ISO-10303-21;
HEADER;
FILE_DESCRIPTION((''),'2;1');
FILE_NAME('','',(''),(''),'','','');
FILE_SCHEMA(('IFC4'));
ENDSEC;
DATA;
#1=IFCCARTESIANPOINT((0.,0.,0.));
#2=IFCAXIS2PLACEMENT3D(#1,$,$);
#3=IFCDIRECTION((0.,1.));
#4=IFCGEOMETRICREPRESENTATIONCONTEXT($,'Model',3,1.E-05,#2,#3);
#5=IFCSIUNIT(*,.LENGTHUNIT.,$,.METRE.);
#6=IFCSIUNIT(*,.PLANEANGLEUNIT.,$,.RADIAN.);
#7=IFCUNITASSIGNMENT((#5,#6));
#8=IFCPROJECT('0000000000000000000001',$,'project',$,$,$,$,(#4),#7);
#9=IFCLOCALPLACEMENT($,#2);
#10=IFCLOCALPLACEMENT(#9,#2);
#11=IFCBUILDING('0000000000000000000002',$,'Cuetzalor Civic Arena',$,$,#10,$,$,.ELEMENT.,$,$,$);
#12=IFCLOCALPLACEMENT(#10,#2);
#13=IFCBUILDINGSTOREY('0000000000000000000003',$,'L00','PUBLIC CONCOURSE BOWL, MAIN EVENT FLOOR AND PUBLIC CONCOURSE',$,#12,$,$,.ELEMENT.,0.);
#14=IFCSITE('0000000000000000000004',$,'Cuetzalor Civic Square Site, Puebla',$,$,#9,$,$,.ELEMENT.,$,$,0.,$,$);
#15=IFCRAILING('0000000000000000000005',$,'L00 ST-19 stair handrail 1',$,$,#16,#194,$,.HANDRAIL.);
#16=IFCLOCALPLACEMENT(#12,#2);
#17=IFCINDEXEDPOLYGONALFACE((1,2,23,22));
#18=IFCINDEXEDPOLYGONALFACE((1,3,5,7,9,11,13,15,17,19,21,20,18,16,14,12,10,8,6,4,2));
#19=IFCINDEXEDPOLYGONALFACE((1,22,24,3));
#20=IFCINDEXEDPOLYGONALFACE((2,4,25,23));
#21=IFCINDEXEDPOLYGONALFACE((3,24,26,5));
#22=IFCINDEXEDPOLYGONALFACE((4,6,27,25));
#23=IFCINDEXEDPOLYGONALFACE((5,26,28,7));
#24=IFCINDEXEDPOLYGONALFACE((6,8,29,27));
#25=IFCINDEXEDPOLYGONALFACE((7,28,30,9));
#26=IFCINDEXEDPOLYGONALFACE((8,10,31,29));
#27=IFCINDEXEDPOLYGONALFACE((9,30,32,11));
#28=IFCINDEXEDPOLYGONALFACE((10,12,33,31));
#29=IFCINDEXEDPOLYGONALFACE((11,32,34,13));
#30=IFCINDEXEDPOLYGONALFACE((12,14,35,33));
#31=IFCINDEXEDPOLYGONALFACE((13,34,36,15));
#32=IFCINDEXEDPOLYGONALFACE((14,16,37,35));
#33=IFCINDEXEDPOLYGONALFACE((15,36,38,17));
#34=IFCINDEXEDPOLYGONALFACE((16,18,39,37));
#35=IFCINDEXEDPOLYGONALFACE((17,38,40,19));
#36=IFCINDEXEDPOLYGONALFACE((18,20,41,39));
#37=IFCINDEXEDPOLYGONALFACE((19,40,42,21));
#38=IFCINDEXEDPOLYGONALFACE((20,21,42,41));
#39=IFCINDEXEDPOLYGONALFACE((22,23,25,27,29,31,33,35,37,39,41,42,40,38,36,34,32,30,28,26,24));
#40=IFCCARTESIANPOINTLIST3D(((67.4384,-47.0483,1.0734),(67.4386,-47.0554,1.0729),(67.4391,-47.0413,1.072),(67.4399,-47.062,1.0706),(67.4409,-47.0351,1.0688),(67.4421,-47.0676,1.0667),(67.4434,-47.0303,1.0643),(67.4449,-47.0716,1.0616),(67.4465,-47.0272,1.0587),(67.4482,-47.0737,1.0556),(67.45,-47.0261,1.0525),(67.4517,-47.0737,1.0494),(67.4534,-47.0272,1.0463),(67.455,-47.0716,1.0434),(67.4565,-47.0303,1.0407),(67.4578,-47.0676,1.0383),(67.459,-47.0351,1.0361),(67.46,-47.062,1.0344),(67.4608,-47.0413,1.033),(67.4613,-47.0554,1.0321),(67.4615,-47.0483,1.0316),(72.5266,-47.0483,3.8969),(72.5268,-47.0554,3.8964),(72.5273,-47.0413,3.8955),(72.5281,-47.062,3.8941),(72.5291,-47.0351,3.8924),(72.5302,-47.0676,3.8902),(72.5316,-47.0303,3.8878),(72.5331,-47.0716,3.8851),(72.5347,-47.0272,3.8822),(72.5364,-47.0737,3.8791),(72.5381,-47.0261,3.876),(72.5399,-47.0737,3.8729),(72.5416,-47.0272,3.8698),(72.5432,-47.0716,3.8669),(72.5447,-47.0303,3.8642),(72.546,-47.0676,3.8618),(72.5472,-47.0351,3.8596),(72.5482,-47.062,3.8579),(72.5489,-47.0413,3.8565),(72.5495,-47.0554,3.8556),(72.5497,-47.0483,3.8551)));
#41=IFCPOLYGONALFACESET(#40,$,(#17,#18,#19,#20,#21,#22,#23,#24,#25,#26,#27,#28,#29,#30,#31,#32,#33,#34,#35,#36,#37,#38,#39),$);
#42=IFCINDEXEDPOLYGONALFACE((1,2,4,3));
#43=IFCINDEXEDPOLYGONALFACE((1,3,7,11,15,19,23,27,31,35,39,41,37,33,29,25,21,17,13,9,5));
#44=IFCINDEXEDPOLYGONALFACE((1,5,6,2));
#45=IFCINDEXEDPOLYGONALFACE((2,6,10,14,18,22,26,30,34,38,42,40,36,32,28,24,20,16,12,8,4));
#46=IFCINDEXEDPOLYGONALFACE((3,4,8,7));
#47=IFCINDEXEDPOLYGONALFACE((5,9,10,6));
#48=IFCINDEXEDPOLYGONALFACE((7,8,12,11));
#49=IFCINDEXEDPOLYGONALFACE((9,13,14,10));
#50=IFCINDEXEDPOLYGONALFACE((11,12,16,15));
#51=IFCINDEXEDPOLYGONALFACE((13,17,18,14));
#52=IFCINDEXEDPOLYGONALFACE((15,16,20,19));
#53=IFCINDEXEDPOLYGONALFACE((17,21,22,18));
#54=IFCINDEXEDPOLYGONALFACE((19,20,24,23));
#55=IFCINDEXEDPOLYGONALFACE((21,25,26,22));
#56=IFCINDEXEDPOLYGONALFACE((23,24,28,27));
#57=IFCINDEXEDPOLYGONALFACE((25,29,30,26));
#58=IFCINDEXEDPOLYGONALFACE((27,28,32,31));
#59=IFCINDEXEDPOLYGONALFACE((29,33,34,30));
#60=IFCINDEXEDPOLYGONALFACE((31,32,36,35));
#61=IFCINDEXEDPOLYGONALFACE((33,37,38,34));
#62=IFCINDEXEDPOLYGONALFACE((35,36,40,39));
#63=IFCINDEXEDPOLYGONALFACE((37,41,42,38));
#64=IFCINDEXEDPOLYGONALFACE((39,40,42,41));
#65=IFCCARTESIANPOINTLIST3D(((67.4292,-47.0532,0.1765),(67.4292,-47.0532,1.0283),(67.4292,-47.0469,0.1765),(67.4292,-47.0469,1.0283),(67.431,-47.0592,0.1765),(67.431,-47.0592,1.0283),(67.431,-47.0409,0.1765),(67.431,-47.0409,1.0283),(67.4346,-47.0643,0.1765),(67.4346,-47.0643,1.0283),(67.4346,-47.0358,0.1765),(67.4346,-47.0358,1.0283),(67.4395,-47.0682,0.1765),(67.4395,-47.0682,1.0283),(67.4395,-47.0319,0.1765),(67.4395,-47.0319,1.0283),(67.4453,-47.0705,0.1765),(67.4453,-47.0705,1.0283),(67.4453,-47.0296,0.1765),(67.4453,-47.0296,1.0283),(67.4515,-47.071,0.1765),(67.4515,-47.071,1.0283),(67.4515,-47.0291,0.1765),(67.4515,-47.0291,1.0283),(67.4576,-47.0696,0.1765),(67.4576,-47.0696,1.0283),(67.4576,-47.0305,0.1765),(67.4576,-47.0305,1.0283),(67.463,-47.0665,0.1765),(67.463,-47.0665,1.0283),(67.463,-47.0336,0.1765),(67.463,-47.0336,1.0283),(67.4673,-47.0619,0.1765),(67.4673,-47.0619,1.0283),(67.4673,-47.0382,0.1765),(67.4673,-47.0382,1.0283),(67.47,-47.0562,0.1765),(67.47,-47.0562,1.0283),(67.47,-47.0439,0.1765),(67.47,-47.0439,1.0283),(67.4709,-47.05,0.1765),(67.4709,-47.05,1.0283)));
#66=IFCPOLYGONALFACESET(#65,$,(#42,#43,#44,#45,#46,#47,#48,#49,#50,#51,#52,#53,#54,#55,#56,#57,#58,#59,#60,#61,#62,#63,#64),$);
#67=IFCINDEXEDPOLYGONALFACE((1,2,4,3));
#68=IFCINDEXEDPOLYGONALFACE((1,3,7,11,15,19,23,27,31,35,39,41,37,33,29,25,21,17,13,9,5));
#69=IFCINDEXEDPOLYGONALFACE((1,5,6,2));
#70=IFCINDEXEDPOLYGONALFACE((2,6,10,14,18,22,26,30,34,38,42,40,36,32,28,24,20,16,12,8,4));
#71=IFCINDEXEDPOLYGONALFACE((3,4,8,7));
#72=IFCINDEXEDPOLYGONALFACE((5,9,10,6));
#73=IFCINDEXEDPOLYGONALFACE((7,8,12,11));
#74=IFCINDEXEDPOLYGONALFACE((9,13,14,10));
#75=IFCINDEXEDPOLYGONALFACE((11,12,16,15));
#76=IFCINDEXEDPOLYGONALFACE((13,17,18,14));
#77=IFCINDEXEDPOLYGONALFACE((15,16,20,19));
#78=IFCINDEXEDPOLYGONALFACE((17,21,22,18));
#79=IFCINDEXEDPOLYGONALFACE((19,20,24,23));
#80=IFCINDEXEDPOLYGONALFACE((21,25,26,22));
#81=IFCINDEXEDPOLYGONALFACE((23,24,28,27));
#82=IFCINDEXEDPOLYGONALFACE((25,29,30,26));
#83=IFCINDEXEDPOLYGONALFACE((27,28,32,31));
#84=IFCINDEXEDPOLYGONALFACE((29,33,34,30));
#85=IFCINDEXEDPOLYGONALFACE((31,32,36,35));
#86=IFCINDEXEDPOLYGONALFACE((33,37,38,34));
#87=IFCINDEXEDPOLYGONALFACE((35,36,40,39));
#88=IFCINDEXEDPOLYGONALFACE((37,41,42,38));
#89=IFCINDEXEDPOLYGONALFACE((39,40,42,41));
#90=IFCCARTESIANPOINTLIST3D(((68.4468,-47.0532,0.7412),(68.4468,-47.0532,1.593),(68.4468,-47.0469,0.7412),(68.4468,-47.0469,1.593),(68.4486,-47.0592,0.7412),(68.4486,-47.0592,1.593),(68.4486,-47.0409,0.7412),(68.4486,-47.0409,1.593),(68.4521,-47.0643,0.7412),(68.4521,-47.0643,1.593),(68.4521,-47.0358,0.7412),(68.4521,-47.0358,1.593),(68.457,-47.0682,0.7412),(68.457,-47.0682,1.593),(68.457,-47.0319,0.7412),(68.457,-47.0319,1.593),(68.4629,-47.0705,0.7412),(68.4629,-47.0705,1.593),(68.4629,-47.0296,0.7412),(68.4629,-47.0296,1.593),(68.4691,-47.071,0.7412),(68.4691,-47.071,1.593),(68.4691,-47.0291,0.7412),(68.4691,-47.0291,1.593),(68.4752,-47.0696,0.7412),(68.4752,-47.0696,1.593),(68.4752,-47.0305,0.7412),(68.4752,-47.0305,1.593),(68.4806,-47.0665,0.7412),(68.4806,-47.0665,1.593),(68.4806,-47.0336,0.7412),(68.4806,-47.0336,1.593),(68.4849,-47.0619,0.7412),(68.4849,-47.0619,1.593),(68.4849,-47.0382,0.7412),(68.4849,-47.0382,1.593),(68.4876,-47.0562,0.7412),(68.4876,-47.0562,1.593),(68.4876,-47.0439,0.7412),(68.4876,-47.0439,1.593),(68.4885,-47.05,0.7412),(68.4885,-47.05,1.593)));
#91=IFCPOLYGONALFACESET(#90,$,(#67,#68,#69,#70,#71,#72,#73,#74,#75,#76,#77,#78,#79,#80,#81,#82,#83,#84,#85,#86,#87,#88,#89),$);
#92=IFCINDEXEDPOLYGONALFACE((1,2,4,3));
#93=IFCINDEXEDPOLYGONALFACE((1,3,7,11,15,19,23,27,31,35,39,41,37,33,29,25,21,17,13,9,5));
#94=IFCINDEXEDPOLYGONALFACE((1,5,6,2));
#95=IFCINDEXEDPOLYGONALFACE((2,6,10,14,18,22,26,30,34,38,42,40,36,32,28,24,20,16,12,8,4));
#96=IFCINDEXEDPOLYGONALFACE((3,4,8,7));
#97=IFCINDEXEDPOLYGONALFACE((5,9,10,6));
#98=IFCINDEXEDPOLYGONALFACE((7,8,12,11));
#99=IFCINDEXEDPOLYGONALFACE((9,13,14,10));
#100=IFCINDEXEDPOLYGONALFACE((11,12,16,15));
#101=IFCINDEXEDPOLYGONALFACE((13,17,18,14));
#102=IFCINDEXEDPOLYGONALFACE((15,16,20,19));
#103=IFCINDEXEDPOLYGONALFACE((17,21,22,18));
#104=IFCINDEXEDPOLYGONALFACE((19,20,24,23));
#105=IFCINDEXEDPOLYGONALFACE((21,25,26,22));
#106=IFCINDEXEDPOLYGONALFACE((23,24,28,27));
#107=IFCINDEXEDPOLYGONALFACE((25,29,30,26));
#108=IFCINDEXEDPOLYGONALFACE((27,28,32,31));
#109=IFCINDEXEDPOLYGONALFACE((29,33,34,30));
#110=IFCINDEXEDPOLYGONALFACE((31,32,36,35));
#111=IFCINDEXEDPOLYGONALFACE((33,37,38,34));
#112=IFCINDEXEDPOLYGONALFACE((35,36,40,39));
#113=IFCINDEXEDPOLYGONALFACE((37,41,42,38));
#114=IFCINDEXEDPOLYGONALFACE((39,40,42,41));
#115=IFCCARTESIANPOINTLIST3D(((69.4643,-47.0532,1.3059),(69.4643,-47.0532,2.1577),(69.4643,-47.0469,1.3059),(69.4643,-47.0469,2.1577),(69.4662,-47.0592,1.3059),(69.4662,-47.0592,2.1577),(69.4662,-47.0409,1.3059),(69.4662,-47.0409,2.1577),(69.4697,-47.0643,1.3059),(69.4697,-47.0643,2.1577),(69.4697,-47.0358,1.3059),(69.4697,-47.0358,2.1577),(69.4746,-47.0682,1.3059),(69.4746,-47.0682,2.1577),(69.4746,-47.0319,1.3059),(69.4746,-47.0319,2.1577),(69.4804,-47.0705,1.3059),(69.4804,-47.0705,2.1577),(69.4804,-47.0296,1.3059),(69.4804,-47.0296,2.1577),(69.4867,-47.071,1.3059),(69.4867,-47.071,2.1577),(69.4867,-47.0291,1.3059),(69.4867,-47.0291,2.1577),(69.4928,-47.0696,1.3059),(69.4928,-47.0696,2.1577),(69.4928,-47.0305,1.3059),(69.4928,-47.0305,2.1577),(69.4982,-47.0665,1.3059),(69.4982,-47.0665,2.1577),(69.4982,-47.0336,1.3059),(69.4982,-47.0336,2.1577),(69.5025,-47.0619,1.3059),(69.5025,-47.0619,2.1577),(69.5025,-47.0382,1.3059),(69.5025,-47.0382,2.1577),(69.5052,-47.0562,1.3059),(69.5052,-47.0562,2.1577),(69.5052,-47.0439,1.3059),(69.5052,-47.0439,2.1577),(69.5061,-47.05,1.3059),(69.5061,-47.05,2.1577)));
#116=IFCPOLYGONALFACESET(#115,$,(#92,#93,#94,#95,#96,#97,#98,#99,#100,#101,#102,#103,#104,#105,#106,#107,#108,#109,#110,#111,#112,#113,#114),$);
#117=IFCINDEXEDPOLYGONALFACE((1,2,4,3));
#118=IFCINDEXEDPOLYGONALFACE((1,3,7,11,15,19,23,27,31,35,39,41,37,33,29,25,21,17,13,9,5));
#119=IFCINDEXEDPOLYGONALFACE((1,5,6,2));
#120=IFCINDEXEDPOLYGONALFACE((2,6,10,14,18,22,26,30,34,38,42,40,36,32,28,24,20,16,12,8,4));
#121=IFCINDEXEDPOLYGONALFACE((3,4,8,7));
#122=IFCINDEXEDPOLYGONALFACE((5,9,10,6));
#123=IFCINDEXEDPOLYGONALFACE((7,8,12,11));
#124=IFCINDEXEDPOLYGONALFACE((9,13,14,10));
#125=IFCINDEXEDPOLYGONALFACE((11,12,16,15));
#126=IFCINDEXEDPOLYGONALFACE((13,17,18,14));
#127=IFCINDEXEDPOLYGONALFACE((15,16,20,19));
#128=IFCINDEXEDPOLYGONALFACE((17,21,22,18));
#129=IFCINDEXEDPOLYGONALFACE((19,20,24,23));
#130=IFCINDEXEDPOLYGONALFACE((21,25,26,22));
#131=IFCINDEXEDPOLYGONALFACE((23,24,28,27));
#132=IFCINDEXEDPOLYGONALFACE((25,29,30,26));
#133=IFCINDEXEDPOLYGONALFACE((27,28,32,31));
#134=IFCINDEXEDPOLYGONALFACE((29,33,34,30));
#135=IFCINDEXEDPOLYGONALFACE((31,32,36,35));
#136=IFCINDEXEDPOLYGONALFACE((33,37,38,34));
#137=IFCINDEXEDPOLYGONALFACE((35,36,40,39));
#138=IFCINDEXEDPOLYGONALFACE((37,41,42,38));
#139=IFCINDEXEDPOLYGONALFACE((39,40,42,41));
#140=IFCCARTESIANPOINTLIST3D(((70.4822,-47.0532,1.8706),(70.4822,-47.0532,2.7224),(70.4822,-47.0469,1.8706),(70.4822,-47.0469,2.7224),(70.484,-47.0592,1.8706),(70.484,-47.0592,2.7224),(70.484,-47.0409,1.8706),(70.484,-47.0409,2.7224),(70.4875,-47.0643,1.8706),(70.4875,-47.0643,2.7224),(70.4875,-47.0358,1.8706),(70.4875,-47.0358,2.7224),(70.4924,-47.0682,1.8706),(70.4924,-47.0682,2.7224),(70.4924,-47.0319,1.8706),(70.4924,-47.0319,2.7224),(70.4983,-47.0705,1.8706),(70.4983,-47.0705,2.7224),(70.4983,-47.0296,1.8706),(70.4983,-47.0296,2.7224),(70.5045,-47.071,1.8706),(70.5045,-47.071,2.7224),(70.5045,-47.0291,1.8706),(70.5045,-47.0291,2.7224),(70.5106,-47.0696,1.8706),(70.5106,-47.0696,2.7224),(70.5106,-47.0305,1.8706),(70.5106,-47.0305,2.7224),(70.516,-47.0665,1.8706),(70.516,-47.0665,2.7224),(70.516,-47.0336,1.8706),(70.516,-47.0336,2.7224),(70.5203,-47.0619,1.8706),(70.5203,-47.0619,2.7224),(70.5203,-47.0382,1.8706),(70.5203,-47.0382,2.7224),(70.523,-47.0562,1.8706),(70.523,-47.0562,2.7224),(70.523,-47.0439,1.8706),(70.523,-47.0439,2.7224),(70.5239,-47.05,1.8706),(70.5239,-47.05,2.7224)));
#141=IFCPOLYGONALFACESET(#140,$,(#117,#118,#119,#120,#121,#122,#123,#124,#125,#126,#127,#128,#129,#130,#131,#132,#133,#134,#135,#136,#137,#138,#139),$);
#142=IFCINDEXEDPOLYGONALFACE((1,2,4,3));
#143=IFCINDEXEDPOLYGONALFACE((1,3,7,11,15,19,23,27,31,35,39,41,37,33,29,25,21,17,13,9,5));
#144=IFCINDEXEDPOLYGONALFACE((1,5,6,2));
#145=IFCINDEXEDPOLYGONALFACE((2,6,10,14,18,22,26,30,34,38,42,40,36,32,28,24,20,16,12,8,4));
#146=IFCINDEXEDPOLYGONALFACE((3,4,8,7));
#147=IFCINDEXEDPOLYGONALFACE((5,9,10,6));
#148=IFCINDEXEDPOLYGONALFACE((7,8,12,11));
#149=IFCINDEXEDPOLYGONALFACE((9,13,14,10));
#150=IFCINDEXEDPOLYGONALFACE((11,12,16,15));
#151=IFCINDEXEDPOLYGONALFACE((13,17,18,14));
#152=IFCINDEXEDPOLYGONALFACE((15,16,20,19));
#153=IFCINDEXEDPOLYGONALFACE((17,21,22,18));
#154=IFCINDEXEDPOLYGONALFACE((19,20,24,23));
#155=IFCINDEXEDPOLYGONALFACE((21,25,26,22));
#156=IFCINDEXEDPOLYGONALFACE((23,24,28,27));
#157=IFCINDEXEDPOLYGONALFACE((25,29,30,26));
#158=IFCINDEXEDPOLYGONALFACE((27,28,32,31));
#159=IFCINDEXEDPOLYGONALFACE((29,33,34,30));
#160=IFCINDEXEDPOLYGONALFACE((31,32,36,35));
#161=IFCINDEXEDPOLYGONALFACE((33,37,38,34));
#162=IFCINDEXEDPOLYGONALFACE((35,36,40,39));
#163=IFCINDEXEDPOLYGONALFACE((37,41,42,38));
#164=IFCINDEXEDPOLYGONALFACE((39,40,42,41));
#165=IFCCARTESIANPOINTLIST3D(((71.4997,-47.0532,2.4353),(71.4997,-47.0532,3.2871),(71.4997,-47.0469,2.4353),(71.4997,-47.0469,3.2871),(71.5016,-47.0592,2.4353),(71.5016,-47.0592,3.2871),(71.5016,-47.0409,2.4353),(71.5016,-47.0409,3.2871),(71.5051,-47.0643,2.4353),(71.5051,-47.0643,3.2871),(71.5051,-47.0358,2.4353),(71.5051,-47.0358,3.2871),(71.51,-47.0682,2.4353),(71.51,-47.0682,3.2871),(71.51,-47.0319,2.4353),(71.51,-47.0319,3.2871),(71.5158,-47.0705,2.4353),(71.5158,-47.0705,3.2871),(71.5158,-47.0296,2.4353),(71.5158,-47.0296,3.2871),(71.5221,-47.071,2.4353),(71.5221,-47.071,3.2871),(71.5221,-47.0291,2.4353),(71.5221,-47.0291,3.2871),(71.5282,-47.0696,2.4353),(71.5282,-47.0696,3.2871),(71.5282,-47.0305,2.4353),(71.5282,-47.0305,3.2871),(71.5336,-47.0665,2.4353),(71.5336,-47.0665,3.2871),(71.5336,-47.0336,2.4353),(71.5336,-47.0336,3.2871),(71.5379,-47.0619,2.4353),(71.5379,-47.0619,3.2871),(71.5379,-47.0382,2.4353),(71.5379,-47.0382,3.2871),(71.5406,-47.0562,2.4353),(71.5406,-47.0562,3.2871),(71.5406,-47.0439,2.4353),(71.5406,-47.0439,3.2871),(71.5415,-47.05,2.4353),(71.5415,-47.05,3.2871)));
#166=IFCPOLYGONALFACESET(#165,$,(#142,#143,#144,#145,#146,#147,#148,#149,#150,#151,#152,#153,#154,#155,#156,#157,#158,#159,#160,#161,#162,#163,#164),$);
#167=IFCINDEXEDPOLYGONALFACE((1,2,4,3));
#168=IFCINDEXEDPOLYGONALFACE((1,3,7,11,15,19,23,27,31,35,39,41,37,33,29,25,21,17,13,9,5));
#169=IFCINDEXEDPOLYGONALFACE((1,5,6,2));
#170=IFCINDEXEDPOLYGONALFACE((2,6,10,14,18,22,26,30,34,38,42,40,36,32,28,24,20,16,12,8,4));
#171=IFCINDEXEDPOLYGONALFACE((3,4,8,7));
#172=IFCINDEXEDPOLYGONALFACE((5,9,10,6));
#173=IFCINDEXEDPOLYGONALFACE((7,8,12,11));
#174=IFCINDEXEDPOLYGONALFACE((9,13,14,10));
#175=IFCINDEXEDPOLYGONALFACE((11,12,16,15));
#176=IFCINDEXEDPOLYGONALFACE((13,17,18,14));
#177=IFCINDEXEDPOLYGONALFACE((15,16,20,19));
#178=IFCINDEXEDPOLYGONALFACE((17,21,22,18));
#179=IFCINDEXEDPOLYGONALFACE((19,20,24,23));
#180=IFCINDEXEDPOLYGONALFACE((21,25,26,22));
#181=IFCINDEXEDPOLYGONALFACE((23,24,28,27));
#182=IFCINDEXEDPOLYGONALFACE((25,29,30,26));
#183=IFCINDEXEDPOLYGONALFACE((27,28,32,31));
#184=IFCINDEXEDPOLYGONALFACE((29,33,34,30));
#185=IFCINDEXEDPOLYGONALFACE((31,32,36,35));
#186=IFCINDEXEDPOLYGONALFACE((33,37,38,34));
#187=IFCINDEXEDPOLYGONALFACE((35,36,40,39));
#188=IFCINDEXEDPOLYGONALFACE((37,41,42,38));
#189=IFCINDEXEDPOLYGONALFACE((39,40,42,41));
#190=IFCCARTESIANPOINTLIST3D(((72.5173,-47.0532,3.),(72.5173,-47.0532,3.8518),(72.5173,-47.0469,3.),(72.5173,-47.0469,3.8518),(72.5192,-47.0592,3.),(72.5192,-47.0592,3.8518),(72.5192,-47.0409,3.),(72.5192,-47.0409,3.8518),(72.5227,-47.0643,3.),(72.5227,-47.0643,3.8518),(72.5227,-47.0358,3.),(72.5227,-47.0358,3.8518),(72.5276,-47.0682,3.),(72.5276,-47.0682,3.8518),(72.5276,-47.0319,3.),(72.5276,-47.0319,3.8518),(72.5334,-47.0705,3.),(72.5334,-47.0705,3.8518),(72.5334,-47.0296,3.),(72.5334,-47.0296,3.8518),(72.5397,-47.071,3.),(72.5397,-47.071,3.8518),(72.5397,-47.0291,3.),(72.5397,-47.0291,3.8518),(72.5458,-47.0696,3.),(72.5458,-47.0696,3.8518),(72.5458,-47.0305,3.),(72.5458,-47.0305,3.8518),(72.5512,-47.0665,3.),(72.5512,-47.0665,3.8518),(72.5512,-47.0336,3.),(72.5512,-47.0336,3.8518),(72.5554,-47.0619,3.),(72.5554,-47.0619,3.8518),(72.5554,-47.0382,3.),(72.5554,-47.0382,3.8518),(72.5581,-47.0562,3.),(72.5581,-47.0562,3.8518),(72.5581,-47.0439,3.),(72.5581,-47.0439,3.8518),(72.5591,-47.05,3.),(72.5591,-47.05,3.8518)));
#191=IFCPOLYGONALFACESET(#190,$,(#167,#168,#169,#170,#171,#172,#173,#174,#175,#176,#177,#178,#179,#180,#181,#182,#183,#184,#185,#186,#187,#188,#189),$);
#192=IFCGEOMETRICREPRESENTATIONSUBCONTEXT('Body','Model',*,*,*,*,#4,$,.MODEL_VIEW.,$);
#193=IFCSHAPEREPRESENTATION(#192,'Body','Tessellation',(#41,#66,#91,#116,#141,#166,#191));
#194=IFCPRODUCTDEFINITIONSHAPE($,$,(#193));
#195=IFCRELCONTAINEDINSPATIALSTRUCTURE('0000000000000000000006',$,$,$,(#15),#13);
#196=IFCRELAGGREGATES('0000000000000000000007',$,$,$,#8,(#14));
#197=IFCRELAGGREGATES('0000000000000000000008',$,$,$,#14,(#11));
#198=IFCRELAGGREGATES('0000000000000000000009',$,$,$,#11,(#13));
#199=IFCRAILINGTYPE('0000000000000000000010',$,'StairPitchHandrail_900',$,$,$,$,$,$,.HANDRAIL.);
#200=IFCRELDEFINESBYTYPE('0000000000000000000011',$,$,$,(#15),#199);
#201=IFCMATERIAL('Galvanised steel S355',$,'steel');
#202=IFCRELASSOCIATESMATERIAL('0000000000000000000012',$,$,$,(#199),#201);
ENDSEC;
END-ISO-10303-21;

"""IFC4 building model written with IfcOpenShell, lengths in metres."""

from ifc_helpers import new_model, si_unit, direction, frame, origin, origin_2d, place, context, subcontext, project, spatial, circle, extrude, material, type_object, element, save


model = new_model("IFC4")

# Units and contexts
model_context = context("Model", 3, precision=1e-05, world=origin(), true_north=direction((0.0, 1.0)))
body_context = subcontext(model_context, "Body", "Model", "MODEL_VIEW")
ifc_project = project(units=[si_unit("LENGTHUNIT", "METRE"), si_unit("PLANEANGLEUNIT", "RADIAN")], contexts=[model_context])

# Site, building, storey
site_placement = place(None, origin())
site = spatial("IfcSite", under=ifc_project, at=site_placement, Name="Cuetzalor Civic Square Site, Puebla", CompositionType="ELEMENT", RefElevation=0.0)
building_placement = place(site_placement, origin())
building = spatial("IfcBuilding", under=site, at=building_placement, Name="Cuetzalor Civic Arena", CompositionType="ELEMENT")
storey_placement = place(building_placement, origin())
storey = spatial("IfcBuildingStorey", under=building, at=storey_placement, Name="L00", Description="PUBLIC CONCOURSE BOWL, MAIN EVENT FLOOR AND PUBLIC CONCOURSE", CompositionType="ELEMENT", Elevation=0.0)

# Railing
ifc_material_1 = material(Name="Galvanised steel S355", Category="steel")
railing_type_1 = type_object("IfcRailingType", Name="StairPitchHandrail_900", PredefinedType="HANDRAIL", material=ifc_material_1)
railing_1_placement = place(storey_placement, frame((67.45, -47.05, 0.1765)))
element("IfcRailing", 1, at=railing_1_placement, inside=storey, type_object=railing_type_1, Name="L00 ST-19 stair handrail 1", PredefinedType="HANDRAIL", context=body_context, shape_type="SweptSolid", body=[
    extrude(circle(Radius=0.0239, at=origin_2d()), frame((0.0, 0.0, 0.876), z_axis=(0.874395, 0.0, 0.485215), x_axis=(0.0, 1.0, 0.0)), (0.0, 0.0, 1.0), 5.8191),
    extrude(circle(Radius=0.021, at=origin_2d()), origin(), (0.0, 0.0, 1.0), 0.8518),
    extrude(circle(Radius=0.021, at=origin_2d()), frame((1.0176, 0.0, 0.5647)), (0.0, 0.0, 1.0), 0.8518),
    extrude(circle(Radius=0.021, at=origin_2d()), frame((2.0352, 0.0, 1.1294)), (0.0, 0.0, 1.0), 0.8518),
    extrude(circle(Radius=0.021, at=origin_2d()), frame((3.053, 0.0, 1.6941)), (0.0, 0.0, 1.0), 0.8518),
    extrude(circle(Radius=0.021, at=origin_2d()), frame((4.0706, 0.0, 2.2588)), (0.0, 0.0, 1.0), 0.8518),
    extrude(circle(Radius=0.021, at=origin_2d()), frame((5.0881, 0.0, 2.8235)), (0.0, 0.0, 1.0), 0.8518),
])

save(model, "model.ifc")
